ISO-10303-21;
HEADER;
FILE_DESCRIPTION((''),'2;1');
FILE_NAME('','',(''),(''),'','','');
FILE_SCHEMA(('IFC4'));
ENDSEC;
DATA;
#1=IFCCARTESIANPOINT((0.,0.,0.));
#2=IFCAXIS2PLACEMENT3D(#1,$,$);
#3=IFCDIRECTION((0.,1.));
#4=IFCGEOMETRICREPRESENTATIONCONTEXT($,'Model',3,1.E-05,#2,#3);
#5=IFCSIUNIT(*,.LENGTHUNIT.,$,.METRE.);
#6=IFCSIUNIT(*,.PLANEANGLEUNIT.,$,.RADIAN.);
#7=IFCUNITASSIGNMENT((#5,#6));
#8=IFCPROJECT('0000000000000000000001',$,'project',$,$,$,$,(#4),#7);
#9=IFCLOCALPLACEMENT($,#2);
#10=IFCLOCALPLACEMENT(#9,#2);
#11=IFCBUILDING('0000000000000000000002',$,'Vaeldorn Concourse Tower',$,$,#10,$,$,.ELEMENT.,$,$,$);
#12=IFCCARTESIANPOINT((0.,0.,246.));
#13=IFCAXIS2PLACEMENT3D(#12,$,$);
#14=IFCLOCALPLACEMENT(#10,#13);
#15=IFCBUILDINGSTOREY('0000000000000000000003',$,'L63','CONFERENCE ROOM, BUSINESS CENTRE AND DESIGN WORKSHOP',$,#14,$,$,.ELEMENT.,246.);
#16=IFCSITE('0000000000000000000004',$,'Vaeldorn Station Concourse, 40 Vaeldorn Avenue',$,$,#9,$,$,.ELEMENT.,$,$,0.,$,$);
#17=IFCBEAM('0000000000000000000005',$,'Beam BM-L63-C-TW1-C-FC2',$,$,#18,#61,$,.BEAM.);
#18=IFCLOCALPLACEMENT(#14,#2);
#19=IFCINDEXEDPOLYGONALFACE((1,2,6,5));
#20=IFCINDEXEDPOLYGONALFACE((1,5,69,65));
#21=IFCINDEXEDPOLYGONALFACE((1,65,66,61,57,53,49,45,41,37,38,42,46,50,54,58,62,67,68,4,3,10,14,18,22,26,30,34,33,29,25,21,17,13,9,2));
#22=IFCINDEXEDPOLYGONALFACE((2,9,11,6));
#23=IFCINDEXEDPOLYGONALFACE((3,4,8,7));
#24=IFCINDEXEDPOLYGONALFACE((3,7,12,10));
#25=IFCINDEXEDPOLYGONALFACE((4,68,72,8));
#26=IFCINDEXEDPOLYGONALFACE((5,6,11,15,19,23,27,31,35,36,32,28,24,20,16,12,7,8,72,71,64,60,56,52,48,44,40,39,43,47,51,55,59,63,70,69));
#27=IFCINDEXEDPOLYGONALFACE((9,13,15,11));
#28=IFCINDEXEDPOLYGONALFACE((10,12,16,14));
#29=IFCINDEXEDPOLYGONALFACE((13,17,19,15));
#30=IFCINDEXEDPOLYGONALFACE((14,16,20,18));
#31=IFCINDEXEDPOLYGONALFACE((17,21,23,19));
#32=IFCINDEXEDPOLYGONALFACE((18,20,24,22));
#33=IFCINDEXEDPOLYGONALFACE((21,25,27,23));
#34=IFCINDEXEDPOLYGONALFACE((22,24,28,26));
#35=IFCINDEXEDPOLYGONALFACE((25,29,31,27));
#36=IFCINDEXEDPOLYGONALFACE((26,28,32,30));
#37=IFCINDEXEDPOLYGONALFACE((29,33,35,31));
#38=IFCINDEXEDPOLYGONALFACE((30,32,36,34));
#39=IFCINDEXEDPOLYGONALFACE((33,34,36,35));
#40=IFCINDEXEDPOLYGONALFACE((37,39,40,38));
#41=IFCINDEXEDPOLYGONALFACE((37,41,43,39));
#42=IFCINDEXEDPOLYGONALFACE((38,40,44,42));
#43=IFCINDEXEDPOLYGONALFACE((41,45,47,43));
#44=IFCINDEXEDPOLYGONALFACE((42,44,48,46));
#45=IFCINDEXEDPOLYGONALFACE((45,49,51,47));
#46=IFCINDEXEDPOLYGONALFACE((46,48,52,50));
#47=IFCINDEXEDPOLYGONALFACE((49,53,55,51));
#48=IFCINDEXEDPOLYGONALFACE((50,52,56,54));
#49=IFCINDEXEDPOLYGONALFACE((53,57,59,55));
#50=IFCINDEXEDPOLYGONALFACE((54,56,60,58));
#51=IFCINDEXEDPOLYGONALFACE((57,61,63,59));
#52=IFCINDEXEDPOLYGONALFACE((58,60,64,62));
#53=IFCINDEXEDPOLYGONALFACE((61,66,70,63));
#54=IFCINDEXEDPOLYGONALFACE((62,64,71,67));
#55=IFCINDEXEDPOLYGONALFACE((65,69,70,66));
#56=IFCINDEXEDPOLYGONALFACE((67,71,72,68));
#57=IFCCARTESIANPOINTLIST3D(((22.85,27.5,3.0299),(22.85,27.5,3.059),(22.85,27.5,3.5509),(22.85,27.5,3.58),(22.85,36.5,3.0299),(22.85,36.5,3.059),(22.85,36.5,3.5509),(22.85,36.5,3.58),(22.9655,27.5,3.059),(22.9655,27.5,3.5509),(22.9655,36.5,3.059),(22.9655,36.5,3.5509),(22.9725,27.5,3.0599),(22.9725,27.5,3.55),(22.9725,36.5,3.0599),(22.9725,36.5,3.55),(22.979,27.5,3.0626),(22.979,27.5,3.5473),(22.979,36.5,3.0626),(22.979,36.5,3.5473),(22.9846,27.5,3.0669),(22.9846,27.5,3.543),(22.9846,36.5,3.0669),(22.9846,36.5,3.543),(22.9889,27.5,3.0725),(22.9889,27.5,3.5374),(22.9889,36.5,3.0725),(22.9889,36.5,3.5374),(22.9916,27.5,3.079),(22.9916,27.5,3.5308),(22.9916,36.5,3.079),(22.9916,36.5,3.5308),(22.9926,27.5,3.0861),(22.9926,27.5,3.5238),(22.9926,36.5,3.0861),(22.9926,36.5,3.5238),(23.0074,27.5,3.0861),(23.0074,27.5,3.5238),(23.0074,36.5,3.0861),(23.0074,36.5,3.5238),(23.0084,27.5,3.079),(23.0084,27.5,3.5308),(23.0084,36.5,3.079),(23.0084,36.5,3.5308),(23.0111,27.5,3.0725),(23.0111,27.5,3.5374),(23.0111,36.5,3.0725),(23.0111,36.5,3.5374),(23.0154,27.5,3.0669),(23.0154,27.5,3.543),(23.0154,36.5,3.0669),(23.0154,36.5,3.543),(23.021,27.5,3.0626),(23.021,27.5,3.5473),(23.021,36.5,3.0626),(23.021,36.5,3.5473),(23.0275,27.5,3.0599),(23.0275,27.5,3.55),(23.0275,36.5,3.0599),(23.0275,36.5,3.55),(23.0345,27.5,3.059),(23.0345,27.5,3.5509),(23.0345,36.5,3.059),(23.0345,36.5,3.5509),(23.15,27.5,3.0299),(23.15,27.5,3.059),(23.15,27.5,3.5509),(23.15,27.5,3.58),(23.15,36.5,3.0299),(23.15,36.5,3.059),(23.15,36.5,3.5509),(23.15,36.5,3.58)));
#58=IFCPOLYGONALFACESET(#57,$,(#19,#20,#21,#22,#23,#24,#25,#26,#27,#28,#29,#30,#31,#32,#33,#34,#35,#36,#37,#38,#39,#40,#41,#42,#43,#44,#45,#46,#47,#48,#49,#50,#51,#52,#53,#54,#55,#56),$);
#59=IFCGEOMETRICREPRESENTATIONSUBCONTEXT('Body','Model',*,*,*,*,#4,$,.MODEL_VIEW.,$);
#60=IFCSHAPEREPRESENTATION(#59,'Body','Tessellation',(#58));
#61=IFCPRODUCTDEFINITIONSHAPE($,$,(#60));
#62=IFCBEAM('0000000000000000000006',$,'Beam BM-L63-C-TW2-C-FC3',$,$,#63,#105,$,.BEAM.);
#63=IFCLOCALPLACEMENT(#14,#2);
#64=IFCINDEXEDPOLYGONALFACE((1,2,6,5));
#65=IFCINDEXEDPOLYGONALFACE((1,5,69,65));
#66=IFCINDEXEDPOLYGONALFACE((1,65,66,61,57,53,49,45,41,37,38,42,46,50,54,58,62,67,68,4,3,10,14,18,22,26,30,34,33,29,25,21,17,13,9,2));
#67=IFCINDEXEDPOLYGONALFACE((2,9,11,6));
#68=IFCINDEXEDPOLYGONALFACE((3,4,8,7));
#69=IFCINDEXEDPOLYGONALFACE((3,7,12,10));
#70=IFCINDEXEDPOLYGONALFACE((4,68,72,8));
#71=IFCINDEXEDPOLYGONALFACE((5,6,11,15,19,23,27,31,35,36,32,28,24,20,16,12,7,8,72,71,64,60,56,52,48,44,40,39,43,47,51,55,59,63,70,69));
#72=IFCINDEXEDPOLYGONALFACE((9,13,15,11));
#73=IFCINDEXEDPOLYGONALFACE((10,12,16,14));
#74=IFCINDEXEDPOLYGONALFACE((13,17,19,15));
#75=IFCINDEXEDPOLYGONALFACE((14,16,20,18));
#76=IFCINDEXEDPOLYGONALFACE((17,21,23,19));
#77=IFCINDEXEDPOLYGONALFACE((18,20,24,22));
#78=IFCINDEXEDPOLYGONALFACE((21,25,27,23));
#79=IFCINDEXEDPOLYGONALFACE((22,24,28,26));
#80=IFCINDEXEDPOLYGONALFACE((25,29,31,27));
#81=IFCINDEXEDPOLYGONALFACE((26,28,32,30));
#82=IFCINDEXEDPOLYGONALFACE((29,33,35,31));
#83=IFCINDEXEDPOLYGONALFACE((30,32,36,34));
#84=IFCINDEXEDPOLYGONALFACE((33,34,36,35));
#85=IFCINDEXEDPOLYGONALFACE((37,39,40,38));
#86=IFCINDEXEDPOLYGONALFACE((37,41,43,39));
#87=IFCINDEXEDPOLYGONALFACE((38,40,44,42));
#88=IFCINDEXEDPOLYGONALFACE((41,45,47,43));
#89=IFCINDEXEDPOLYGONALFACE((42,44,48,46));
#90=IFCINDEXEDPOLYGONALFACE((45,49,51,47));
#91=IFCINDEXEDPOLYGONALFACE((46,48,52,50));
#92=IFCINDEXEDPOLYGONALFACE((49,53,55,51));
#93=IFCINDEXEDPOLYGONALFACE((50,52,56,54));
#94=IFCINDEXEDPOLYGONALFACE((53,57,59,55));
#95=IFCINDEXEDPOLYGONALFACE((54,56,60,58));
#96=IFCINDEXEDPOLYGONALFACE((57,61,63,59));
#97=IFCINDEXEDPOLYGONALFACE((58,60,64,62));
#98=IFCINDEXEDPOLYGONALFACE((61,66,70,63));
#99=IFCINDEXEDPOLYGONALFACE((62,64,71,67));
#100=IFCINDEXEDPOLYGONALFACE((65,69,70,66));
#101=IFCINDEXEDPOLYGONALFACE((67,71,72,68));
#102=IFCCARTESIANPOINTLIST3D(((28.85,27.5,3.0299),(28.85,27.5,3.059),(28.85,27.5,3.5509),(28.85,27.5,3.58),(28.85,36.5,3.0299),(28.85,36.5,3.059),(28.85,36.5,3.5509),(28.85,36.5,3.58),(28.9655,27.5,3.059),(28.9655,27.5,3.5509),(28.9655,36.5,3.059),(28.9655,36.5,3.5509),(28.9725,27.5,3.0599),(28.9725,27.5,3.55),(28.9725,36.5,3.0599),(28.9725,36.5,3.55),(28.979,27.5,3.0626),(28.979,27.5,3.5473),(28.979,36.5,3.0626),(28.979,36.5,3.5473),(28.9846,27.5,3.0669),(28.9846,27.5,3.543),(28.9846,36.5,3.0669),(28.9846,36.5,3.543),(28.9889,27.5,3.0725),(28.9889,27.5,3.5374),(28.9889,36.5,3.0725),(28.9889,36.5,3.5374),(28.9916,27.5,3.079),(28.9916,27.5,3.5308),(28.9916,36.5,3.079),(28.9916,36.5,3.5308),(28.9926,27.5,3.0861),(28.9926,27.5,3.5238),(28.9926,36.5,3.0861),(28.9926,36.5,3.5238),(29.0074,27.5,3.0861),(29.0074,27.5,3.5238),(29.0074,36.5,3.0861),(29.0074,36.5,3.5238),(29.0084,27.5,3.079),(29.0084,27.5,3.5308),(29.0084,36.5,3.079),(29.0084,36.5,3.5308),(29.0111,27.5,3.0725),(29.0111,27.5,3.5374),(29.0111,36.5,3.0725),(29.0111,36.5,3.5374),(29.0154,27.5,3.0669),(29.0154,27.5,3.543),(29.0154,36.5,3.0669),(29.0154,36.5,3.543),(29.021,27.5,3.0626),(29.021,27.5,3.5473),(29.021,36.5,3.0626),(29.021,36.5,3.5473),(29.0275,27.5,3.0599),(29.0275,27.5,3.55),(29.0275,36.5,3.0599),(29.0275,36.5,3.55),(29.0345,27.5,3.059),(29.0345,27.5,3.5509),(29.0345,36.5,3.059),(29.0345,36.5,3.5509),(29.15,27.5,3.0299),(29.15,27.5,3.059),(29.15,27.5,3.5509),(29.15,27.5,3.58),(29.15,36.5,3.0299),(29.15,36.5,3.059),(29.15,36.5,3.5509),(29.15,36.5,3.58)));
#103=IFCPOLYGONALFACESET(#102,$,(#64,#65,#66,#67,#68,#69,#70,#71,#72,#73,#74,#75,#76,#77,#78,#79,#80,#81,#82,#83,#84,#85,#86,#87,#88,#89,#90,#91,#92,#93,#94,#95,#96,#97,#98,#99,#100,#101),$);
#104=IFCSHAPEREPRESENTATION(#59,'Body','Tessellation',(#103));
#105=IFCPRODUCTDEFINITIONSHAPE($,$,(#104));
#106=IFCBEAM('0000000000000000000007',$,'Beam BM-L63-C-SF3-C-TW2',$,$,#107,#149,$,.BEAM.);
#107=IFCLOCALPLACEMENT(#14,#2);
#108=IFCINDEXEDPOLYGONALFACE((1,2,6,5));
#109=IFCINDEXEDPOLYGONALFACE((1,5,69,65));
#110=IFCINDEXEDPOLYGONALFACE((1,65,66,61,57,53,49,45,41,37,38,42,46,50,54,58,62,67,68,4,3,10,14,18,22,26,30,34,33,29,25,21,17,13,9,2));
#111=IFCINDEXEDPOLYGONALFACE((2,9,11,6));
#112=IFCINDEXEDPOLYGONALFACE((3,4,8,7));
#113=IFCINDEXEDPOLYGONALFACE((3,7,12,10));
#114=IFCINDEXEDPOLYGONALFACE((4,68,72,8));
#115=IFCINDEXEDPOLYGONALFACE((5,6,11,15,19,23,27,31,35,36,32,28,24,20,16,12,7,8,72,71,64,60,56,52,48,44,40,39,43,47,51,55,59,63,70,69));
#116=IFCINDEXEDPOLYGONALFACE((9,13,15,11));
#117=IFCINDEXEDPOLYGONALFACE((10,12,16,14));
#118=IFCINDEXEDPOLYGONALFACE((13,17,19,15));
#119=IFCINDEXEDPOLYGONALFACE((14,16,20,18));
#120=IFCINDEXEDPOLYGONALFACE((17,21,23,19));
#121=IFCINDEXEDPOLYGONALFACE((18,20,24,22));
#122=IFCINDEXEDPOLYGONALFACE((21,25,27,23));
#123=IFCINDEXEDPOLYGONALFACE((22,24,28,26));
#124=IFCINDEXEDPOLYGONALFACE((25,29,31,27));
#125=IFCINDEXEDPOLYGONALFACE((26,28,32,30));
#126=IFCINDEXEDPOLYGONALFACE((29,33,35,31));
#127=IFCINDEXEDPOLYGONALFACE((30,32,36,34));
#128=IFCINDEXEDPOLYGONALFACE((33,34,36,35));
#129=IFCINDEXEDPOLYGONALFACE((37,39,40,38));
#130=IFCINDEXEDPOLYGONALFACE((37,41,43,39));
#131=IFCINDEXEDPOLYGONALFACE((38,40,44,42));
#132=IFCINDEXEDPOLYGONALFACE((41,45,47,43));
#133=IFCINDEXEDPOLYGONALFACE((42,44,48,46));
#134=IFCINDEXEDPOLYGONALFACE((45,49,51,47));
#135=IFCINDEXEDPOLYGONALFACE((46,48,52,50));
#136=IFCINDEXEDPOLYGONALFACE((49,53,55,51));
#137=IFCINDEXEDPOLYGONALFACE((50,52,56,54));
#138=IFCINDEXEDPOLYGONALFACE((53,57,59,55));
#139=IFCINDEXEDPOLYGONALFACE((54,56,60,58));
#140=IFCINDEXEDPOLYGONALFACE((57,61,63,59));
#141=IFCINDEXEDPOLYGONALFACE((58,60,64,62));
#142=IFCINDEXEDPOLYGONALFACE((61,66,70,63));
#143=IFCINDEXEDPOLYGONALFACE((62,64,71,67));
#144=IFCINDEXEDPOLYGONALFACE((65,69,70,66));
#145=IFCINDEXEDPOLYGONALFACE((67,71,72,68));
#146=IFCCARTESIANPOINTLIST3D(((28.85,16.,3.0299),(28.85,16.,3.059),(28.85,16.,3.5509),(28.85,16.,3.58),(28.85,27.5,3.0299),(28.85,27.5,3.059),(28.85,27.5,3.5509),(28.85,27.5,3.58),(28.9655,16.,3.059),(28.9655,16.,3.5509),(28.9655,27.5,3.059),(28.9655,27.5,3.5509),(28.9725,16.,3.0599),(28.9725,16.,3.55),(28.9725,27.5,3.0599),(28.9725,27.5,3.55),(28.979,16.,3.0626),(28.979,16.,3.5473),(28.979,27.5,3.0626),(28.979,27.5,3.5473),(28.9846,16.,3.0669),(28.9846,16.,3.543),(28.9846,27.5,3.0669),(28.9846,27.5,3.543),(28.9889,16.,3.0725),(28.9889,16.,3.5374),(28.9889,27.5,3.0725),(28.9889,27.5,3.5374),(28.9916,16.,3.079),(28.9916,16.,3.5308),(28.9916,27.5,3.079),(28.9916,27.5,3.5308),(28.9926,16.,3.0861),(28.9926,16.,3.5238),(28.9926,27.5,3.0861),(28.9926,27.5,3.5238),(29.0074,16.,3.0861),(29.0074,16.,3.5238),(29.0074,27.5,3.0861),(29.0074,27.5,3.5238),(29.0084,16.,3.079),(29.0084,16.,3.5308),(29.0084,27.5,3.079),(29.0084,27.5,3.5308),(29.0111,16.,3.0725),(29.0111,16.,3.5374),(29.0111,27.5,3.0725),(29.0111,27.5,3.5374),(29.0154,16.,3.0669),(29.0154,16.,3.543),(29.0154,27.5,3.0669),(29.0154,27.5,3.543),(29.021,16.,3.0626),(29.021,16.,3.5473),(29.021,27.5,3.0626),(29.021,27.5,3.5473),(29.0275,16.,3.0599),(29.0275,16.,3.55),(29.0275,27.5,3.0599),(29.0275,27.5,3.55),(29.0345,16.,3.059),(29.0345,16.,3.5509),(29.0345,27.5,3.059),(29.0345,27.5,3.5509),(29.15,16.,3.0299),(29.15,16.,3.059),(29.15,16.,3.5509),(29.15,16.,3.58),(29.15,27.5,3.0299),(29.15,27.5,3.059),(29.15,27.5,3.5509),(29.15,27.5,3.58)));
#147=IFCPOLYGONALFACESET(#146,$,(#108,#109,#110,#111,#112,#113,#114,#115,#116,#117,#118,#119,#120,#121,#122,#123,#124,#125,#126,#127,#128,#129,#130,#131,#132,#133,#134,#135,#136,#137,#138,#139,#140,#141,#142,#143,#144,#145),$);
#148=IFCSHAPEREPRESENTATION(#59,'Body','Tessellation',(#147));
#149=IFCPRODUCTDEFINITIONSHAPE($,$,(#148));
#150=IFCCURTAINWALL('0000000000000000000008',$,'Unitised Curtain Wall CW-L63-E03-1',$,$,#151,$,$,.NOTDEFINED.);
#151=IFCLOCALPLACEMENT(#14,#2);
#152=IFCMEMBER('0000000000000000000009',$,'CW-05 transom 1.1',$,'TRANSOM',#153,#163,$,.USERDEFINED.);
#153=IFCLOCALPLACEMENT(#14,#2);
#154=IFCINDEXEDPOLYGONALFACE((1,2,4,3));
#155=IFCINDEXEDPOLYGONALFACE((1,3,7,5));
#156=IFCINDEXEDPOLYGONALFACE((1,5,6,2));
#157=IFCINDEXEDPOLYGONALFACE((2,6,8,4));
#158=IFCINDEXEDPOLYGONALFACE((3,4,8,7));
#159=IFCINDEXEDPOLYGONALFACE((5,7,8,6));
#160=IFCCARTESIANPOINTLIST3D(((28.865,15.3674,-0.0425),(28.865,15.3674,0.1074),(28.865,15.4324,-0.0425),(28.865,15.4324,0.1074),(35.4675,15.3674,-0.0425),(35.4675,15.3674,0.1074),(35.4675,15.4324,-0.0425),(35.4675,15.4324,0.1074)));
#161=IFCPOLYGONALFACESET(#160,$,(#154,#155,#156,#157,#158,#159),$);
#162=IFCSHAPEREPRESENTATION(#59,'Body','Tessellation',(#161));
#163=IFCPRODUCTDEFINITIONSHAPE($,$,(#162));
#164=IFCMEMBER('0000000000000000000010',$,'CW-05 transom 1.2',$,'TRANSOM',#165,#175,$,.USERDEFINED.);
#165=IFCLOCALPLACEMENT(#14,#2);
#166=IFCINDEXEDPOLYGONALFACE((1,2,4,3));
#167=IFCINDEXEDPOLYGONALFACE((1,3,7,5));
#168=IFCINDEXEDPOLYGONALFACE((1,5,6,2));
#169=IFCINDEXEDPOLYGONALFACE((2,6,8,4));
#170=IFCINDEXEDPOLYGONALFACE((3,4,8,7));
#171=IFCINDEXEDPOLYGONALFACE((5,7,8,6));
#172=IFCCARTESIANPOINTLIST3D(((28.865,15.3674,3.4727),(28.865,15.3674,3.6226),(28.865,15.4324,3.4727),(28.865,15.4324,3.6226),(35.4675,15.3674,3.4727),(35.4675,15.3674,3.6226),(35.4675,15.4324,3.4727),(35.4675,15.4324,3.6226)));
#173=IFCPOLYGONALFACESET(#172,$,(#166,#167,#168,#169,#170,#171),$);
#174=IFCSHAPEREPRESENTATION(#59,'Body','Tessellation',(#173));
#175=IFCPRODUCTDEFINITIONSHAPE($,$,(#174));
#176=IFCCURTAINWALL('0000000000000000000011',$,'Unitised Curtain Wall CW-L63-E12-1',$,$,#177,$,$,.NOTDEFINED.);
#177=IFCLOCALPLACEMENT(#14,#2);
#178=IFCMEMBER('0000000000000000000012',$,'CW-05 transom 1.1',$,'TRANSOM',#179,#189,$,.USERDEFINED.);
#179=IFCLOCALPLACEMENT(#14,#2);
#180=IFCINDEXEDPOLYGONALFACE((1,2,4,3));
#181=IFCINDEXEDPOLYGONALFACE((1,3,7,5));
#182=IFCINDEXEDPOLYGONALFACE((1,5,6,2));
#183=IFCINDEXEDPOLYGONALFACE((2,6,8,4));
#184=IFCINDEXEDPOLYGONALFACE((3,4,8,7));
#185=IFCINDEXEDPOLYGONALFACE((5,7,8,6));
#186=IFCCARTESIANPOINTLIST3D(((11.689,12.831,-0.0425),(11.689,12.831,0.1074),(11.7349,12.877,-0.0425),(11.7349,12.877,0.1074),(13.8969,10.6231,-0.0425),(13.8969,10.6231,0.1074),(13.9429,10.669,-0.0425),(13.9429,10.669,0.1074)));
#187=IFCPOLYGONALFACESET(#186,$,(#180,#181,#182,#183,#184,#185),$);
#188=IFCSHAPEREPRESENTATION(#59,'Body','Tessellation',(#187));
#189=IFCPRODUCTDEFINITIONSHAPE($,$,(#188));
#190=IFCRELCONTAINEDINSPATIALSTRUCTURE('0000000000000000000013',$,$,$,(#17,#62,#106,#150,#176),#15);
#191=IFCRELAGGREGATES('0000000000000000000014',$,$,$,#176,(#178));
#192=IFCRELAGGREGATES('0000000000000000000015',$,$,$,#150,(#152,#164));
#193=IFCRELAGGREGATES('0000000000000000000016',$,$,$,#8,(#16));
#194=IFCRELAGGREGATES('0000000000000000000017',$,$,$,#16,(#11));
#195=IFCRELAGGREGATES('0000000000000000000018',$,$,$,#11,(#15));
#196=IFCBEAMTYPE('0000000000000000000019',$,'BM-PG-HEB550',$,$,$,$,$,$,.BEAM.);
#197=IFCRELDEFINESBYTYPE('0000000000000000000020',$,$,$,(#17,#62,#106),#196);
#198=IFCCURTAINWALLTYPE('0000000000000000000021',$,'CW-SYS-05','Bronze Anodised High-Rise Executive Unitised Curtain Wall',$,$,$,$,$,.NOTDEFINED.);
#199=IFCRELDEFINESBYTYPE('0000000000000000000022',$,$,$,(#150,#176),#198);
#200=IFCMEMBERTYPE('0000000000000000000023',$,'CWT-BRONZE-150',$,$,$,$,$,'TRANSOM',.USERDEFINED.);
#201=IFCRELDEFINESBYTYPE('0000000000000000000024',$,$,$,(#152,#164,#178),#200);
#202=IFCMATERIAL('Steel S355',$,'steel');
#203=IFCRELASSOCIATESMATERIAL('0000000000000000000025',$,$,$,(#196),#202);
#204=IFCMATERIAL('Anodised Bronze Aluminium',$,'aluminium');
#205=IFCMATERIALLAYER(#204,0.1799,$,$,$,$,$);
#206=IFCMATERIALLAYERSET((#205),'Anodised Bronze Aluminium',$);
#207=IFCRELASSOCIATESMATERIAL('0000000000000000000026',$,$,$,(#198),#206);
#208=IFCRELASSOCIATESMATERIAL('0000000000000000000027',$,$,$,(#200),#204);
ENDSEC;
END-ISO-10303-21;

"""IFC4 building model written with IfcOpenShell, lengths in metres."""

from ifc_helpers import new_model, si_unit, direction, frame, origin, origin_2d, place, context, subcontext, project, spatial, rectangle, i_section, extrude, source, transform, mapped, material, layer, layer_set, material_profile, profile_set, type_object, element, aggregate, save


model = new_model("IFC4")

# Units and contexts
model_context = context("Model", 3, precision=1e-05, world=origin(), true_north=direction((0.0, 1.0)))
body_context = subcontext(model_context, "Body", "Model", "MODEL_VIEW")
ifc_project = project(units=[si_unit("LENGTHUNIT", "METRE"), si_unit("PLANEANGLEUNIT", "RADIAN")], contexts=[model_context])

# Site, building, storey
site_placement = place(None, origin())
site = spatial("IfcSite", under=ifc_project, at=site_placement, Name="Vaeldorn Station Concourse, 40 Vaeldorn Avenue", CompositionType="ELEMENT", RefElevation=0.0)
building_placement = place(site_placement, origin())
building = spatial("IfcBuilding", under=site, at=building_placement, Name="Vaeldorn Concourse Tower", CompositionType="ELEMENT")
storey_placement = place(building_placement, frame((0.0, 0.0, 246.0)))
storey = spatial("IfcBuildingStorey", under=building, at=storey_placement, Name="L63", Description="CONFERENCE ROOM, BUSINESS CENTRE AND DESIGN WORKSHOP", CompositionType="ELEMENT", Elevation=246.0)

# Shared definitions
ifc_material_1 = material(Name="Steel S355", Category="steel")

# Beams
ifc_material_profile_1 = material_profile(ifc_material_1, i_section(OverallWidth=0.3, OverallDepth=0.55, WebThickness=0.0149, FlangeThickness=0.0291, FilletRadius=0.0271, at=origin_2d()), Name="HEB 550")
ifc_profile_set_1 = profile_set([ifc_material_profile_1], Name="Steel S355")
beam_type_1 = type_object("IfcBeamType", Name="BM-PG-HEB550", PredefinedType="BEAM", material=ifc_profile_set_1)
shared_shape_1 = source(origin(), body_context, "Body", "SweptSolid", [
    extrude(i_section(OverallWidth=0.3, OverallDepth=0.55, WebThickness=0.0149, FlangeThickness=0.0291, FilletRadius=0.0271, at=origin_2d()), origin(), (0.0, 0.0, 1.0), 9.0),
])
for number, where, z_axis, x_axis, name in (
    (1, (23.0, 27.5, 3.3049), (0.0, 1.0, 0.0), (-1.0, 0.0, 0.0), "Beam BM-L63-C-TW1-C-FC2"),
    (2, (29.0, 27.5, 3.3049), (0.0, 1.0, 0.0), (-1.0, 0.0, 0.0), "Beam BM-L63-C-TW2-C-FC3"),
):
    element("IfcBeam", number, at=place(storey_placement, frame(where, z_axis=z_axis, x_axis=x_axis)), inside=storey, type_object=beam_type_1, Name=name, PredefinedType="BEAM", context=body_context, shape_type="MappedRepresentation", body=[
        mapped(shared_shape_1, transform((0.0, 0.0, 0.0), scale=1.0)),
    ])
shared_shape_2 = source(origin(), body_context, "Body", "SweptSolid", [
    extrude(i_section(OverallWidth=0.3, OverallDepth=0.55, WebThickness=0.0149, FlangeThickness=0.0291, FilletRadius=0.0271, at=origin_2d()), origin(), (0.0, 0.0, 1.0), 11.5),
])
beam_1_placement = place(storey_placement, frame((29.0, 16.0, 3.3049), z_axis=(0.0, 1.0, 0.0), x_axis=(-1.0, 0.0, 0.0)))
element("IfcBeam", 3, at=beam_1_placement, inside=storey, type_object=beam_type_1, Name="Beam BM-L63-C-SF3-C-TW2", PredefinedType="BEAM", context=body_context, shape_type="MappedRepresentation", body=[
    mapped(shared_shape_2, transform((0.0, 0.0, 0.0), scale=1.0)),
])

# Curtain walls, members
ifc_material_2 = material(Name="Anodised Bronze Aluminium", Category="aluminium")
ifc_layer_1 = layer(ifc_material_2, 0.1799)
ifc_layer_set_1 = layer_set([ifc_layer_1], Name="Anodised Bronze Aluminium")
curtain_wall_type = type_object("IfcCurtainWallType", Name="CW-SYS-05", Description="Bronze Anodised High-Rise Executive Unitised Curtain Wall", PredefinedType="NOTDEFINED", material=ifc_layer_set_1)
curtain_wall_1_placement = place(storey_placement, origin())
curtain_wall_1 = element("IfcCurtainWall", 4, at=curtain_wall_1_placement, inside=storey, type_object=curtain_wall_type, Name="Unitised Curtain Wall CW-L63-E03-1", PredefinedType="NOTDEFINED")
ifc_material_profile_2 = material_profile(ifc_material_2, rectangle(XDim=0.0649, YDim=0.1499, at=origin_2d()), Name="CWT 65x150")
ifc_profile_set_2 = profile_set([ifc_material_profile_2], Name="Anodised Bronze Aluminium")
member_type_1 = type_object("IfcMemberType", Name="CWT-BRONZE-150", ElementType="TRANSOM", PredefinedType="USERDEFINED", material=ifc_profile_set_2)
shared_shape_3 = source(origin(), body_context, "Body", "SweptSolid", [
    extrude(rectangle(XDim=0.0649, YDim=0.1499, at=origin_2d()), origin(), (0.0, 0.0, 1.0), 6.6025),
])
member_1_placement = place(storey_placement, frame((28.865, 15.3999, 0.0325), z_axis=(1.0, 0.0, 0.0), x_axis=(0.0, 1.0, 0.0)))
member_1 = element("IfcMember", 5, at=member_1_placement, type_object=member_type_1, Name="CW-05 transom 1.1", ObjectType="TRANSOM", PredefinedType="USERDEFINED", context=body_context, shape_type="MappedRepresentation", body=[
    mapped(shared_shape_3, transform((0.0, 0.0, 0.0), scale=1.0)),
])
member_2_placement = place(storey_placement, frame((28.865, 15.3999, 3.5476), z_axis=(1.0, 0.0, 0.0), x_axis=(0.0, 1.0, 0.0)))
member_2 = element("IfcMember", 6, at=member_2_placement, type_object=member_type_1, Name="CW-05 transom 1.2", ObjectType="TRANSOM", PredefinedType="USERDEFINED", context=body_context, shape_type="MappedRepresentation", body=[
    mapped(shared_shape_3, transform((0.0, 0.0, 0.0), scale=1.0)),
])
curtain_wall_2_placement = place(storey_placement, origin())
curtain_wall_2 = element("IfcCurtainWall", 7, at=curtain_wall_2_placement, inside=storey, type_object=curtain_wall_type, Name="Unitised Curtain Wall CW-L63-E12-1", PredefinedType="NOTDEFINED")
shared_shape_4 = source(origin(), body_context, "Body", "SweptSolid", [
    extrude(rectangle(XDim=0.0649, YDim=0.1499, at=origin_2d()), origin(), (0.0, 0.0, 1.0), 3.1226),
])
member_3_placement = place(storey_placement, frame((11.7119, 12.854, 0.0325), z_axis=(0.707107, -0.707107, 0.0), x_axis=(0.707107, 0.707107, 0.0)))
member_3 = element("IfcMember", 8, at=member_3_placement, type_object=member_type_1, Name="CW-05 transom 1.1", ObjectType="TRANSOM", PredefinedType="USERDEFINED", context=body_context, shape_type="MappedRepresentation", body=[
    mapped(shared_shape_4, transform((0.0, 0.0, 0.0), scale=1.0)),
])
aggregate(curtain_wall_2, [member_3])

aggregate(curtain_wall_1, [member_1, member_2])

save(model, "model.ifc")
